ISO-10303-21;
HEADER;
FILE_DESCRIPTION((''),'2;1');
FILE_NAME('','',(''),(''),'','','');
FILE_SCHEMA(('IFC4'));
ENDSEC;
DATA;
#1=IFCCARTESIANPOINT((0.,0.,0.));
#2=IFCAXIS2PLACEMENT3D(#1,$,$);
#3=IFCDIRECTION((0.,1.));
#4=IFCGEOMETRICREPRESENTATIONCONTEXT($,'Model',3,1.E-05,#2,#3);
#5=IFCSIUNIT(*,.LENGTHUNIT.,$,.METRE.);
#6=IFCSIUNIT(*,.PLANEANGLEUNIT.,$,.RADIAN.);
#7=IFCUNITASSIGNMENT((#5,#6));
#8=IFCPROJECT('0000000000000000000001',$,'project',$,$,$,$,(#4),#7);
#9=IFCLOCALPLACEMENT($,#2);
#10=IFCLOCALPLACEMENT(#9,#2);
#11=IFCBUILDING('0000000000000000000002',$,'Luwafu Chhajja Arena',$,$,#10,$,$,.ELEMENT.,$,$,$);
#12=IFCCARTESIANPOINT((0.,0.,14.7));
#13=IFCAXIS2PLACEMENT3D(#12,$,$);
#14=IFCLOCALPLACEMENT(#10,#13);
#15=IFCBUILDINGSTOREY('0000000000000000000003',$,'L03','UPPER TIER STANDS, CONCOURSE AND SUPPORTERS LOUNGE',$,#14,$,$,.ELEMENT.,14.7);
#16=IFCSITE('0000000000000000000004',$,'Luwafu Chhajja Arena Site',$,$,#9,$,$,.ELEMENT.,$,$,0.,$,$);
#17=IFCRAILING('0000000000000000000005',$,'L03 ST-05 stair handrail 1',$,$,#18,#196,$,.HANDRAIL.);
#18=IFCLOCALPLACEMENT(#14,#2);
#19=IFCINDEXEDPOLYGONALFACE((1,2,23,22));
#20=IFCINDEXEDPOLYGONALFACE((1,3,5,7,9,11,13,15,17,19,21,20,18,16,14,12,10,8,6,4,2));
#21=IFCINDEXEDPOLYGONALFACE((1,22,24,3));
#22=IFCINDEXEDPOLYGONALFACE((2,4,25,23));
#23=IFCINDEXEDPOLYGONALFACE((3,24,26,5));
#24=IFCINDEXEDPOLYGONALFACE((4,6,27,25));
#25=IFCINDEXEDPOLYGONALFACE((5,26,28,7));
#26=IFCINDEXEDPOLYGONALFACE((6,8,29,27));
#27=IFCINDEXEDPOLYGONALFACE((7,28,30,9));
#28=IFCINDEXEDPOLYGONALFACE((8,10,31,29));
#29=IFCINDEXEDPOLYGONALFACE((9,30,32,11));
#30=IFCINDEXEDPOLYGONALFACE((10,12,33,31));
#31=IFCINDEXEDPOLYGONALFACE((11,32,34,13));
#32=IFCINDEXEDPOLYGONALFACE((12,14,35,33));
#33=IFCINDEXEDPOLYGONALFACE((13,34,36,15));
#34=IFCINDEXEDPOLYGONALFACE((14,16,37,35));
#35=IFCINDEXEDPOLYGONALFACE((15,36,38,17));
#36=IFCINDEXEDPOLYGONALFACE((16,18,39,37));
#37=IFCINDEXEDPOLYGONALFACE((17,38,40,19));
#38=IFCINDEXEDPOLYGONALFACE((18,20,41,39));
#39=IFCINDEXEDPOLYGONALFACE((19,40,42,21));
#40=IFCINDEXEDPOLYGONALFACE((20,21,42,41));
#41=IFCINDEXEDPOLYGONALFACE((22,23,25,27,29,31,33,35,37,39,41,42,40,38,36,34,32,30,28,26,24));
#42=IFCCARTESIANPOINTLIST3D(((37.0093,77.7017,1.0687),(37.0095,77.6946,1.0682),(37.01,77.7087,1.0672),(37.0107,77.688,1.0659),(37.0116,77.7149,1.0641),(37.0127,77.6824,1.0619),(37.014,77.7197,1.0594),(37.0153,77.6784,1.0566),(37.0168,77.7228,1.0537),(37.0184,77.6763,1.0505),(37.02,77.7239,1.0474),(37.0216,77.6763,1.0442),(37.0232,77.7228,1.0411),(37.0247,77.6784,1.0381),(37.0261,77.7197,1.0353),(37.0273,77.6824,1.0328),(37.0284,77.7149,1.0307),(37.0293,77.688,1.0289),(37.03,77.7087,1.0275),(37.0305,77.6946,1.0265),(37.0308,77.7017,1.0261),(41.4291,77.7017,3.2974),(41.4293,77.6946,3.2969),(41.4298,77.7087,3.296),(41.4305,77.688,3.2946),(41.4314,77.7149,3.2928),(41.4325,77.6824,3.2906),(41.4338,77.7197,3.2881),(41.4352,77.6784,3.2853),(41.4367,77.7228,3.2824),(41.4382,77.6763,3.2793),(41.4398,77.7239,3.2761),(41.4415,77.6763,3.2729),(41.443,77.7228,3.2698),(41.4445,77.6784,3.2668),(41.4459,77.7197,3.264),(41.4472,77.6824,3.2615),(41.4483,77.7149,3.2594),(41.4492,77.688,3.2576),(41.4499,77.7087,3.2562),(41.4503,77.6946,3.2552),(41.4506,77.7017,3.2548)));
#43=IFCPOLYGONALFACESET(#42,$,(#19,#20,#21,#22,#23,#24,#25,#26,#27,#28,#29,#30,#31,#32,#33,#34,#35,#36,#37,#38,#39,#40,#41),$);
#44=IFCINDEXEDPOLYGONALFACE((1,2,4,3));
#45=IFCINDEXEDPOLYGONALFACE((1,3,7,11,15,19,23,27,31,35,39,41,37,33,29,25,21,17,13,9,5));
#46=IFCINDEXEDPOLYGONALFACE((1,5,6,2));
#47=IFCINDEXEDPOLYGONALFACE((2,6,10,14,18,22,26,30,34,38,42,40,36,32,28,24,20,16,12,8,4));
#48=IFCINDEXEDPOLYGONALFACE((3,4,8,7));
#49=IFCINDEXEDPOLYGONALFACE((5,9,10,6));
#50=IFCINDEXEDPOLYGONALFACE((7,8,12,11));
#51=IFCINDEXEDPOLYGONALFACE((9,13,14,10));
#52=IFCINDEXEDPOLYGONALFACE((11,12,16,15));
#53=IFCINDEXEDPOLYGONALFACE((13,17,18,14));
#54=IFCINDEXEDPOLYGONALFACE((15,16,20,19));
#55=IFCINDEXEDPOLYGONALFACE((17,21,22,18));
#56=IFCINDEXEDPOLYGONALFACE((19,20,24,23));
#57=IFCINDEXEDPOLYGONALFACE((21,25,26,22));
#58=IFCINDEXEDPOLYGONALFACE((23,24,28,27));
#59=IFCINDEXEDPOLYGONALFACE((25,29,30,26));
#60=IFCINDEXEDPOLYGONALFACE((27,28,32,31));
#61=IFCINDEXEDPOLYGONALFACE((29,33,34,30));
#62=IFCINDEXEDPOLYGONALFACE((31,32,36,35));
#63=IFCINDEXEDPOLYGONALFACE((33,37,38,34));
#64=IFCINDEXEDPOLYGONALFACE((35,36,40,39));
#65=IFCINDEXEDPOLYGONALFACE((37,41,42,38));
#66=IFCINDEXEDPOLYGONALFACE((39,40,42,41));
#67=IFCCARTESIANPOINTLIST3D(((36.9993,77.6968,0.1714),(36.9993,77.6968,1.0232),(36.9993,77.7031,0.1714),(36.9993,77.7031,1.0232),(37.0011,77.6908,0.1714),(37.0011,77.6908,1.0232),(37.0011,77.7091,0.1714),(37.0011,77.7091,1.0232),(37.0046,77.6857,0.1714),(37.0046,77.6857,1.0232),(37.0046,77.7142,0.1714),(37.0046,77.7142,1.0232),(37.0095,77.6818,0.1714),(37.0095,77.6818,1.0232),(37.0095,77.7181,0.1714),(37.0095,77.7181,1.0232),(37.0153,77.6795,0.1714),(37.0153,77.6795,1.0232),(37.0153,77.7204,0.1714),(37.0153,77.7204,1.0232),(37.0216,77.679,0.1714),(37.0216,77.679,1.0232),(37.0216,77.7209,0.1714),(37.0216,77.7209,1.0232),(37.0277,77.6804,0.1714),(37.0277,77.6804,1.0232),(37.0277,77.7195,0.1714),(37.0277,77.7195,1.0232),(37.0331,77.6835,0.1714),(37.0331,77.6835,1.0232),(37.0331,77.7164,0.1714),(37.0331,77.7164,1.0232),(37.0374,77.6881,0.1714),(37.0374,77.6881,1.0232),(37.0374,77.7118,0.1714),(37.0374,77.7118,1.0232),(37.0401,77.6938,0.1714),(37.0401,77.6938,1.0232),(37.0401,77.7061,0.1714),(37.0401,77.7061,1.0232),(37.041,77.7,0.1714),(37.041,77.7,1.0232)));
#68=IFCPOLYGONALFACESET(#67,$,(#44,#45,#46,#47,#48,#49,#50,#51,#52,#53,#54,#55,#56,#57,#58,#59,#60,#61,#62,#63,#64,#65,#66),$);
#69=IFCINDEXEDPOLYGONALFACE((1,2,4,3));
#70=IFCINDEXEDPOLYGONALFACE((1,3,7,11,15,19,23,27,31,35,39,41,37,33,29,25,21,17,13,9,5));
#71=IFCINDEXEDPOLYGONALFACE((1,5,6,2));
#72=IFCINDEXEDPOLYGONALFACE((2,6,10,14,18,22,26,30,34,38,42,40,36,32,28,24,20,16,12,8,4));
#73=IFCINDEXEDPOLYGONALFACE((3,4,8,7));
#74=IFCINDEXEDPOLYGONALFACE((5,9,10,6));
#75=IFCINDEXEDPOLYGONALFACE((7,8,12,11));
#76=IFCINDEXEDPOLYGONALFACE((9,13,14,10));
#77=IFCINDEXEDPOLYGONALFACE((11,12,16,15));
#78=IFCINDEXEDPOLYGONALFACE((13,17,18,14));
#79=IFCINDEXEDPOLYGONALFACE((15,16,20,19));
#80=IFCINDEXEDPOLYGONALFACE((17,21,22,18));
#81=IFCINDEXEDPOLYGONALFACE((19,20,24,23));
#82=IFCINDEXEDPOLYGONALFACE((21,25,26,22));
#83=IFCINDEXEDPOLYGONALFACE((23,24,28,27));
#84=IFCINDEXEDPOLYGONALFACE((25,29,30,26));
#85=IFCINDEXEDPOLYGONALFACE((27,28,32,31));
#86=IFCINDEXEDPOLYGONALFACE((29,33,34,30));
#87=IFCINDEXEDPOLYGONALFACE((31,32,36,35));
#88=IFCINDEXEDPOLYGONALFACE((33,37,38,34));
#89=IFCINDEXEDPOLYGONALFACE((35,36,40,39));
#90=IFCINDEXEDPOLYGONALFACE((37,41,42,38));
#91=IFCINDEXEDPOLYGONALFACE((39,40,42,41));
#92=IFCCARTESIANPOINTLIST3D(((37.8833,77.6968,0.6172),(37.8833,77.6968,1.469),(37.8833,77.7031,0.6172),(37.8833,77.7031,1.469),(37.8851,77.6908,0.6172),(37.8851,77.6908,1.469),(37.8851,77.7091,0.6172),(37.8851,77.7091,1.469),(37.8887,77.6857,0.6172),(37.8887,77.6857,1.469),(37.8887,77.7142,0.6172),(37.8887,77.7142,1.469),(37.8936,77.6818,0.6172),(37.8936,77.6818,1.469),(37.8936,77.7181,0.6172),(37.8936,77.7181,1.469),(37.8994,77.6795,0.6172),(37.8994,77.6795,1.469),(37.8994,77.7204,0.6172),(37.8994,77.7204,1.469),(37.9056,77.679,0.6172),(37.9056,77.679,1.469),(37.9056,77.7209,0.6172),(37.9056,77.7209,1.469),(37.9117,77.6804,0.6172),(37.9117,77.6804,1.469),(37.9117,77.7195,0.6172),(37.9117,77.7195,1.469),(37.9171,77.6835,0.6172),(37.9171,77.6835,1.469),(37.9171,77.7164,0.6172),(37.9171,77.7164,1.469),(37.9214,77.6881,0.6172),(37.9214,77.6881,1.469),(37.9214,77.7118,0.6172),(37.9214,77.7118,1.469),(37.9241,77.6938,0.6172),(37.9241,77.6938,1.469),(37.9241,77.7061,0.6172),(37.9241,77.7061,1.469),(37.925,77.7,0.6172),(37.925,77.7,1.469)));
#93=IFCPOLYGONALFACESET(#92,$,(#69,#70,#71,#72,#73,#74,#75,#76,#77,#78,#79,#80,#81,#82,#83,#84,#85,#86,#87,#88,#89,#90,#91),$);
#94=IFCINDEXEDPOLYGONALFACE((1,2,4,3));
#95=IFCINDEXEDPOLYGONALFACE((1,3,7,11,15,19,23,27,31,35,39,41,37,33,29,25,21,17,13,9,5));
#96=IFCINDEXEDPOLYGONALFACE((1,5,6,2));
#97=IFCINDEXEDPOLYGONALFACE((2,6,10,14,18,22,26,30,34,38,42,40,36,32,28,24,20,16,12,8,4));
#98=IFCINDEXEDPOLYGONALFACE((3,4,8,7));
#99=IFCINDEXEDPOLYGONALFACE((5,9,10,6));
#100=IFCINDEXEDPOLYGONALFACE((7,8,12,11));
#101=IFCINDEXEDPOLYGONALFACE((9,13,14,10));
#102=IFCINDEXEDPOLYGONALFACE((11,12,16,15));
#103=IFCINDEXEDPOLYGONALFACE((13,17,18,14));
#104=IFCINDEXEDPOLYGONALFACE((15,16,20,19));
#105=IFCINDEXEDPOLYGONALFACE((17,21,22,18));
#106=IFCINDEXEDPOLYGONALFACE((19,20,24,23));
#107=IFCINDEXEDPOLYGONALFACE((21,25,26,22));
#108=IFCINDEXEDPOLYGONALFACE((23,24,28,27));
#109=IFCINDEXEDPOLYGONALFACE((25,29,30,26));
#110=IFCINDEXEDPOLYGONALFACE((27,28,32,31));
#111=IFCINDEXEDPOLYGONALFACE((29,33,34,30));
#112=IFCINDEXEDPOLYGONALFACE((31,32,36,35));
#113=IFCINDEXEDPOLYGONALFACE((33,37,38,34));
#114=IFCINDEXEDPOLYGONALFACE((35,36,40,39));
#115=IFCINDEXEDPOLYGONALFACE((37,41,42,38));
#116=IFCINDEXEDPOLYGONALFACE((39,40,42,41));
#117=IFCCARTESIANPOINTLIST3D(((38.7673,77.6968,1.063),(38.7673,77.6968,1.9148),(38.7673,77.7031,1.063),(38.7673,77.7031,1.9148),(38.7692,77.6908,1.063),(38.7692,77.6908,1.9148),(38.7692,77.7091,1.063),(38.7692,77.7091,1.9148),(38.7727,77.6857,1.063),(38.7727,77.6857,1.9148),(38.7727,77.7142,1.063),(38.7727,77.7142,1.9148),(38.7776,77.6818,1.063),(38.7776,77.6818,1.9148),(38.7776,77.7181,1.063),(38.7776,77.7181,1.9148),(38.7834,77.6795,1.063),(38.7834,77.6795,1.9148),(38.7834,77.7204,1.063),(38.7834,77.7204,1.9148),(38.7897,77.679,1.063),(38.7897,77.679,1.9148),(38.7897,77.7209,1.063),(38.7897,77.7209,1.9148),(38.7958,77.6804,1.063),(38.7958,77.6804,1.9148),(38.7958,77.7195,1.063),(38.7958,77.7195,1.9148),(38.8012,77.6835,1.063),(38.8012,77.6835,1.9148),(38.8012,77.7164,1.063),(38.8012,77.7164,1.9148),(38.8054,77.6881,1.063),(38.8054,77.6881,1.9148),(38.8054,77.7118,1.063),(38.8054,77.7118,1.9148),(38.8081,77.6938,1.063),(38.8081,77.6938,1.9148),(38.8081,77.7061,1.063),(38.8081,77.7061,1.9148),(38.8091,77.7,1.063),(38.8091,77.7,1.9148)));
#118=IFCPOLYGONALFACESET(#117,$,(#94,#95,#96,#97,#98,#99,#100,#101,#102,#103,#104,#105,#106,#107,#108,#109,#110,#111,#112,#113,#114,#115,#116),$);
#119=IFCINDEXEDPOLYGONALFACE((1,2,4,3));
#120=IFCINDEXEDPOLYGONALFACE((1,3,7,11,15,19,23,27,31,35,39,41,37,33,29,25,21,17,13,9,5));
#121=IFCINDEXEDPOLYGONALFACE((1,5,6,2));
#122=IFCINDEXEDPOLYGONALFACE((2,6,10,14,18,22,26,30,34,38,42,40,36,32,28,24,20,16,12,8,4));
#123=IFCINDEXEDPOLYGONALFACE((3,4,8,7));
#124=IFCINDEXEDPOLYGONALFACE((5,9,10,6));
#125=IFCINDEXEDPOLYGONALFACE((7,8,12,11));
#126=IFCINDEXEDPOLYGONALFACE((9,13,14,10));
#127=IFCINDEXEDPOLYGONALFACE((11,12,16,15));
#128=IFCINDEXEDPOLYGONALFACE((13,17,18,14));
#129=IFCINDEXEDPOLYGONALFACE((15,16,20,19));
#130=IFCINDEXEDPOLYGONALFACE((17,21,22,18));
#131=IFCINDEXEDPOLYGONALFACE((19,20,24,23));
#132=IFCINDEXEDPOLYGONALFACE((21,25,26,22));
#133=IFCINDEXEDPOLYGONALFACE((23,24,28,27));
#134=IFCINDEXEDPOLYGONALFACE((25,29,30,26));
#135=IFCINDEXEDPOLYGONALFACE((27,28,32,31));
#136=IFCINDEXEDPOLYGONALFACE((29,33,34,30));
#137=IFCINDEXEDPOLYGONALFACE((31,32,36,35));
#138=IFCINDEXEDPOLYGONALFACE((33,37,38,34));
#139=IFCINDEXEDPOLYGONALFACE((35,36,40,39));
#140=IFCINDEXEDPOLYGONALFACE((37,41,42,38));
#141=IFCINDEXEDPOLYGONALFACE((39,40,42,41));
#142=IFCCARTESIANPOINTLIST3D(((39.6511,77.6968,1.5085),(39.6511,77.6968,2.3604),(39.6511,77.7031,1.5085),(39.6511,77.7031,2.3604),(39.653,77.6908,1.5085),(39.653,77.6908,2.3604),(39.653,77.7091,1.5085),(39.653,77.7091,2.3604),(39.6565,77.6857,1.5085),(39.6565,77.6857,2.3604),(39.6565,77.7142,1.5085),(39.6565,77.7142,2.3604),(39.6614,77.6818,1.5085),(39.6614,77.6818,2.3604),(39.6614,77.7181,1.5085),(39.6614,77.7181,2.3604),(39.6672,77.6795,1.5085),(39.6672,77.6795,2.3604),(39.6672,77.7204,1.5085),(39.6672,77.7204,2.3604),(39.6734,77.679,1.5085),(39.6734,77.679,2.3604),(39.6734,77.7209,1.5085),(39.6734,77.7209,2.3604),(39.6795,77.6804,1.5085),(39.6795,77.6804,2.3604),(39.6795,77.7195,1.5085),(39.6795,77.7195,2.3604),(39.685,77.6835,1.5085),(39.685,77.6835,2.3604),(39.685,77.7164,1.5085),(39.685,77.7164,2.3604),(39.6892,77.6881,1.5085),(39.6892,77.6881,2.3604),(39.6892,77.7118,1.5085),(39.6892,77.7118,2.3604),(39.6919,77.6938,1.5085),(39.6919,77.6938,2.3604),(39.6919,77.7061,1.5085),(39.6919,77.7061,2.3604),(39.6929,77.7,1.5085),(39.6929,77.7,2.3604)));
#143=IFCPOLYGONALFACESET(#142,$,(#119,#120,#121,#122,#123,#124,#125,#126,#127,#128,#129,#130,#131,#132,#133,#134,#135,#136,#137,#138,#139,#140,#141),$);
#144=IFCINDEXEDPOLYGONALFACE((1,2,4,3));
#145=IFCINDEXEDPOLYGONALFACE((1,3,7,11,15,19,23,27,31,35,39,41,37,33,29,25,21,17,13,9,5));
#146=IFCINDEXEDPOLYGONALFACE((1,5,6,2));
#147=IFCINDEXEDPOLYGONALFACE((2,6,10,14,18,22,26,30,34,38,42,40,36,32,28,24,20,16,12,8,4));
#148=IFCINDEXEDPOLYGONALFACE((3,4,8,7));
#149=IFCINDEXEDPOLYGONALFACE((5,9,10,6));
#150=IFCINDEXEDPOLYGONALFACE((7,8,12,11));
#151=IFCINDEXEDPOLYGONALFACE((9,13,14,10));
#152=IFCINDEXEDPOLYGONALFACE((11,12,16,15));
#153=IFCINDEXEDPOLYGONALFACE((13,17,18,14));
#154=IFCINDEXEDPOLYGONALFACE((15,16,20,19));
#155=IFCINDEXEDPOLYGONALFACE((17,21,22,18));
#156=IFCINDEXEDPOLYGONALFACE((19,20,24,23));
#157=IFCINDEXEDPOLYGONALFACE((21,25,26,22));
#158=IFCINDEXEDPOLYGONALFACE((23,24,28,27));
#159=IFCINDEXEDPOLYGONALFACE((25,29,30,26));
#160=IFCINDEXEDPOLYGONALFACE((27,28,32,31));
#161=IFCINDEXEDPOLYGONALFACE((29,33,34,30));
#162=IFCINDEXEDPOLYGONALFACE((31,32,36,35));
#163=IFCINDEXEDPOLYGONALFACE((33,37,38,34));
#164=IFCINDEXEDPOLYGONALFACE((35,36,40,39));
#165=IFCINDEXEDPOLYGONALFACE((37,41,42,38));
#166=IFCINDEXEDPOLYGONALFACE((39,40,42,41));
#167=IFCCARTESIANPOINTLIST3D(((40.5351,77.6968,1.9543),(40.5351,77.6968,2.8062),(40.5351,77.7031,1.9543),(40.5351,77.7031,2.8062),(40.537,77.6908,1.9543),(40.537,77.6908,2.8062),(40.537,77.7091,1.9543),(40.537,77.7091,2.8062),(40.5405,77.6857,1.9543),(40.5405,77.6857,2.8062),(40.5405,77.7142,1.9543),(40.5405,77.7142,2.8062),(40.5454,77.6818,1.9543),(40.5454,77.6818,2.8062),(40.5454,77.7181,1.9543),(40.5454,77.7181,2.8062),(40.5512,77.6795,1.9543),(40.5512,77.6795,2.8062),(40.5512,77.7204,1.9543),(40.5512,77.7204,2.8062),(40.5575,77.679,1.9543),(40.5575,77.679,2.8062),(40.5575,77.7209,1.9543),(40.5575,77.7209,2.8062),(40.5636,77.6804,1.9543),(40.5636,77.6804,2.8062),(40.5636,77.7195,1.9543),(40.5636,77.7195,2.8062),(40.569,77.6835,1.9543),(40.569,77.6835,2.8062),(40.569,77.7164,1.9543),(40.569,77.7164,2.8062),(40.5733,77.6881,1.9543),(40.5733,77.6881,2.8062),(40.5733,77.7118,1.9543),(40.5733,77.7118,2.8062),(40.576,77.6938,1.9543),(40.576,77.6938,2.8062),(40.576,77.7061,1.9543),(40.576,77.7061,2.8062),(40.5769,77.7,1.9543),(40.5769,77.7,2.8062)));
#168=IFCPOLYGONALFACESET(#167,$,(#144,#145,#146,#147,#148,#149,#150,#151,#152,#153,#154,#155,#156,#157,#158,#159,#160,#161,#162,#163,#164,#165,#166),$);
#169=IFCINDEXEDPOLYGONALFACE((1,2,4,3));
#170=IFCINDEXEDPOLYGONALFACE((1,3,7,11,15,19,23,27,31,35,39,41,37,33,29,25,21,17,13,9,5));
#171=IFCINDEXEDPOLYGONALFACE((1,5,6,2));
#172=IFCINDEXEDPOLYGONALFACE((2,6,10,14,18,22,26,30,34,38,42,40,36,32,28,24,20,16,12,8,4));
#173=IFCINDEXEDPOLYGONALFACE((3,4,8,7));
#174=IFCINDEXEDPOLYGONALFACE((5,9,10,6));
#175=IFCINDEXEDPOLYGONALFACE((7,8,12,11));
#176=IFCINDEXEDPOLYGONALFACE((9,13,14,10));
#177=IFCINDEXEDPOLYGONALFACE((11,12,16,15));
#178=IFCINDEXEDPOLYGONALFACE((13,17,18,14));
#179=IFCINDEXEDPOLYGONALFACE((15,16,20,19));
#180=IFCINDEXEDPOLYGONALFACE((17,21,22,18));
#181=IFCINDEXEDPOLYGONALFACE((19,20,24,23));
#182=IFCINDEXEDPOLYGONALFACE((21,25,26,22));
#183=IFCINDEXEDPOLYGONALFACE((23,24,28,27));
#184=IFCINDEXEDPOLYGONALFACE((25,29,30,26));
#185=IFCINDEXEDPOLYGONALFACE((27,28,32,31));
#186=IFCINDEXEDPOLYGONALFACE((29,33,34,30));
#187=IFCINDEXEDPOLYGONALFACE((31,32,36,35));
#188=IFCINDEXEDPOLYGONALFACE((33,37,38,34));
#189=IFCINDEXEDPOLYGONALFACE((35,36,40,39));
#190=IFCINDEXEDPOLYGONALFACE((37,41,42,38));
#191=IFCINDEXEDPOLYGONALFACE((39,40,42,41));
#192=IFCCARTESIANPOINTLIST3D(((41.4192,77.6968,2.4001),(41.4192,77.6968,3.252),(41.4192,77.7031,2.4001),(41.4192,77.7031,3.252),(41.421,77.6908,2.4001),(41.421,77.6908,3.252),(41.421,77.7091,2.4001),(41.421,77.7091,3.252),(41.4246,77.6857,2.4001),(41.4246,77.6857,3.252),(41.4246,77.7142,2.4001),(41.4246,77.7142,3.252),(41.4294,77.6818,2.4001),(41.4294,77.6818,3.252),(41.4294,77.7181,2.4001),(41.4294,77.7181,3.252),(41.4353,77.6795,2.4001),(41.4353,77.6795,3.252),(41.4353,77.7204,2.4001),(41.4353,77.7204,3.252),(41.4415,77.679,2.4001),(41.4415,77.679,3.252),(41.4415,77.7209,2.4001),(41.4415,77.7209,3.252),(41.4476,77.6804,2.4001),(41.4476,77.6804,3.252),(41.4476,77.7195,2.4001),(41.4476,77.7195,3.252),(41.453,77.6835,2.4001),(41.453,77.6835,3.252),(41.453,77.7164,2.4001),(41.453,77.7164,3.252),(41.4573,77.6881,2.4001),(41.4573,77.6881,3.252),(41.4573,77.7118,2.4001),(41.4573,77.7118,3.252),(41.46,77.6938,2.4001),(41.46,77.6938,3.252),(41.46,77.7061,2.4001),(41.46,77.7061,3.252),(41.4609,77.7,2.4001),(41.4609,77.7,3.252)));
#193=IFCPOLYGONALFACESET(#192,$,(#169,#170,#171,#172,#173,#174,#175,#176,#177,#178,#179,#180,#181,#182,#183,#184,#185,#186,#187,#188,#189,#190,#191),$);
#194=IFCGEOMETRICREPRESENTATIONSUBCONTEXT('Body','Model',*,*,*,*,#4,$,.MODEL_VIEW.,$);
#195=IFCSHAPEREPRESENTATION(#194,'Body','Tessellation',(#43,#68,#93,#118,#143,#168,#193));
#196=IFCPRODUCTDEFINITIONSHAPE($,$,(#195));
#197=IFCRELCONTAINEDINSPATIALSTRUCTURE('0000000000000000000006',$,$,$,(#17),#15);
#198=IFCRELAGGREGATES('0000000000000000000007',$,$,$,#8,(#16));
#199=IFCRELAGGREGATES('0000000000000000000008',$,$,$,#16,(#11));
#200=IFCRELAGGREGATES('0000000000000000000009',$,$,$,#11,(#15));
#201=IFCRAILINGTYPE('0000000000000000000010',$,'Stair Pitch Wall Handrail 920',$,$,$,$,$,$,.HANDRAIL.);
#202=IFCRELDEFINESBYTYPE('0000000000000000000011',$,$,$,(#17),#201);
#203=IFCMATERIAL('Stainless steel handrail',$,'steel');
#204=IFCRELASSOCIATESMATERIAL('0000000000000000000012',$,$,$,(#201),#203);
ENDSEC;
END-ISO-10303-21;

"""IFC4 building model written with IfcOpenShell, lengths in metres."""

from ifc_helpers import new_model, si_unit, direction, frame, origin, origin_2d, place, context, subcontext, project, spatial, circle, extrude, material, type_object, element, save


model = new_model("IFC4")

# Units and contexts
model_context = context("Model", 3, precision=1e-05, world=origin(), true_north=direction((0.0, 1.0)))
body_context = subcontext(model_context, "Body", "Model", "MODEL_VIEW")
ifc_project = project(units=[si_unit("LENGTHUNIT", "METRE"), si_unit("PLANEANGLEUNIT", "RADIAN")], contexts=[model_context])

# Site, building, storey
site_placement = place(None, origin())
site = spatial("IfcSite", under=ifc_project, at=site_placement, Name="Luwafu Chhajja Arena Site", CompositionType="ELEMENT", RefElevation=0.0)
building_placement = place(site_placement, origin())
building = spatial("IfcBuilding", under=site, at=building_placement, Name="Luwafu Chhajja Arena", CompositionType="ELEMENT")
storey_placement = place(building_placement, frame((0.0, 0.0, 14.7)))
storey = spatial("IfcBuildingStorey", under=building, at=storey_placement, Name="L03", Description="UPPER TIER STANDS, CONCOURSE AND SUPPORTERS LOUNGE", CompositionType="ELEMENT", Elevation=14.7)

# Railing
ifc_material_1 = material(Name="Stainless steel handrail", Category="steel")
railing_type_1 = type_object("IfcRailingType", Name="Stair Pitch Wall Handrail 920", PredefinedType="HANDRAIL", material=ifc_material_1)
railing_1_placement = place(storey_placement, frame((37.02, 77.7, 0.1714)))
element("IfcRailing", 1, at=railing_1_placement, inside=storey, type_object=railing_type_1, Name="L03 ST-05 stair handrail 1", PredefinedType="HANDRAIL", context=body_context, shape_type="SweptSolid", body=[
    extrude(circle(Radius=0.0239, at=origin_2d()), frame((0.0, 0.0, 0.876), z_axis=(0.892903, 0.0, 0.450249), x_axis=(0.0, 1.0, 0.0)), (0.0, 0.0, 1.0), 4.95),
    extrude(circle(Radius=0.021, at=origin_2d()), origin(), (0.0, 0.0, 1.0), 0.8518),
    extrude(circle(Radius=0.021, at=origin_2d()), frame((0.884, 0.0, 0.4458)), (0.0, 0.0, 1.0), 0.8518),
    extrude(circle(Radius=0.021, at=origin_2d()), frame((1.7681, 0.0, 0.8916)), (0.0, 0.0, 1.0), 0.8518),
    extrude(circle(Radius=0.021, at=origin_2d()), frame((2.6519, 0.0, 1.3372)), (0.0, 0.0, 1.0), 0.8518),
    extrude(circle(Radius=0.021, at=origin_2d()), frame((3.5359, 0.0, 1.783)), (0.0, 0.0, 1.0), 0.8518),
    extrude(circle(Radius=0.021, at=origin_2d()), frame((4.4199, 0.0, 2.2288)), (0.0, 0.0, 1.0), 0.8518),
])

save(model, "model.ifc")
